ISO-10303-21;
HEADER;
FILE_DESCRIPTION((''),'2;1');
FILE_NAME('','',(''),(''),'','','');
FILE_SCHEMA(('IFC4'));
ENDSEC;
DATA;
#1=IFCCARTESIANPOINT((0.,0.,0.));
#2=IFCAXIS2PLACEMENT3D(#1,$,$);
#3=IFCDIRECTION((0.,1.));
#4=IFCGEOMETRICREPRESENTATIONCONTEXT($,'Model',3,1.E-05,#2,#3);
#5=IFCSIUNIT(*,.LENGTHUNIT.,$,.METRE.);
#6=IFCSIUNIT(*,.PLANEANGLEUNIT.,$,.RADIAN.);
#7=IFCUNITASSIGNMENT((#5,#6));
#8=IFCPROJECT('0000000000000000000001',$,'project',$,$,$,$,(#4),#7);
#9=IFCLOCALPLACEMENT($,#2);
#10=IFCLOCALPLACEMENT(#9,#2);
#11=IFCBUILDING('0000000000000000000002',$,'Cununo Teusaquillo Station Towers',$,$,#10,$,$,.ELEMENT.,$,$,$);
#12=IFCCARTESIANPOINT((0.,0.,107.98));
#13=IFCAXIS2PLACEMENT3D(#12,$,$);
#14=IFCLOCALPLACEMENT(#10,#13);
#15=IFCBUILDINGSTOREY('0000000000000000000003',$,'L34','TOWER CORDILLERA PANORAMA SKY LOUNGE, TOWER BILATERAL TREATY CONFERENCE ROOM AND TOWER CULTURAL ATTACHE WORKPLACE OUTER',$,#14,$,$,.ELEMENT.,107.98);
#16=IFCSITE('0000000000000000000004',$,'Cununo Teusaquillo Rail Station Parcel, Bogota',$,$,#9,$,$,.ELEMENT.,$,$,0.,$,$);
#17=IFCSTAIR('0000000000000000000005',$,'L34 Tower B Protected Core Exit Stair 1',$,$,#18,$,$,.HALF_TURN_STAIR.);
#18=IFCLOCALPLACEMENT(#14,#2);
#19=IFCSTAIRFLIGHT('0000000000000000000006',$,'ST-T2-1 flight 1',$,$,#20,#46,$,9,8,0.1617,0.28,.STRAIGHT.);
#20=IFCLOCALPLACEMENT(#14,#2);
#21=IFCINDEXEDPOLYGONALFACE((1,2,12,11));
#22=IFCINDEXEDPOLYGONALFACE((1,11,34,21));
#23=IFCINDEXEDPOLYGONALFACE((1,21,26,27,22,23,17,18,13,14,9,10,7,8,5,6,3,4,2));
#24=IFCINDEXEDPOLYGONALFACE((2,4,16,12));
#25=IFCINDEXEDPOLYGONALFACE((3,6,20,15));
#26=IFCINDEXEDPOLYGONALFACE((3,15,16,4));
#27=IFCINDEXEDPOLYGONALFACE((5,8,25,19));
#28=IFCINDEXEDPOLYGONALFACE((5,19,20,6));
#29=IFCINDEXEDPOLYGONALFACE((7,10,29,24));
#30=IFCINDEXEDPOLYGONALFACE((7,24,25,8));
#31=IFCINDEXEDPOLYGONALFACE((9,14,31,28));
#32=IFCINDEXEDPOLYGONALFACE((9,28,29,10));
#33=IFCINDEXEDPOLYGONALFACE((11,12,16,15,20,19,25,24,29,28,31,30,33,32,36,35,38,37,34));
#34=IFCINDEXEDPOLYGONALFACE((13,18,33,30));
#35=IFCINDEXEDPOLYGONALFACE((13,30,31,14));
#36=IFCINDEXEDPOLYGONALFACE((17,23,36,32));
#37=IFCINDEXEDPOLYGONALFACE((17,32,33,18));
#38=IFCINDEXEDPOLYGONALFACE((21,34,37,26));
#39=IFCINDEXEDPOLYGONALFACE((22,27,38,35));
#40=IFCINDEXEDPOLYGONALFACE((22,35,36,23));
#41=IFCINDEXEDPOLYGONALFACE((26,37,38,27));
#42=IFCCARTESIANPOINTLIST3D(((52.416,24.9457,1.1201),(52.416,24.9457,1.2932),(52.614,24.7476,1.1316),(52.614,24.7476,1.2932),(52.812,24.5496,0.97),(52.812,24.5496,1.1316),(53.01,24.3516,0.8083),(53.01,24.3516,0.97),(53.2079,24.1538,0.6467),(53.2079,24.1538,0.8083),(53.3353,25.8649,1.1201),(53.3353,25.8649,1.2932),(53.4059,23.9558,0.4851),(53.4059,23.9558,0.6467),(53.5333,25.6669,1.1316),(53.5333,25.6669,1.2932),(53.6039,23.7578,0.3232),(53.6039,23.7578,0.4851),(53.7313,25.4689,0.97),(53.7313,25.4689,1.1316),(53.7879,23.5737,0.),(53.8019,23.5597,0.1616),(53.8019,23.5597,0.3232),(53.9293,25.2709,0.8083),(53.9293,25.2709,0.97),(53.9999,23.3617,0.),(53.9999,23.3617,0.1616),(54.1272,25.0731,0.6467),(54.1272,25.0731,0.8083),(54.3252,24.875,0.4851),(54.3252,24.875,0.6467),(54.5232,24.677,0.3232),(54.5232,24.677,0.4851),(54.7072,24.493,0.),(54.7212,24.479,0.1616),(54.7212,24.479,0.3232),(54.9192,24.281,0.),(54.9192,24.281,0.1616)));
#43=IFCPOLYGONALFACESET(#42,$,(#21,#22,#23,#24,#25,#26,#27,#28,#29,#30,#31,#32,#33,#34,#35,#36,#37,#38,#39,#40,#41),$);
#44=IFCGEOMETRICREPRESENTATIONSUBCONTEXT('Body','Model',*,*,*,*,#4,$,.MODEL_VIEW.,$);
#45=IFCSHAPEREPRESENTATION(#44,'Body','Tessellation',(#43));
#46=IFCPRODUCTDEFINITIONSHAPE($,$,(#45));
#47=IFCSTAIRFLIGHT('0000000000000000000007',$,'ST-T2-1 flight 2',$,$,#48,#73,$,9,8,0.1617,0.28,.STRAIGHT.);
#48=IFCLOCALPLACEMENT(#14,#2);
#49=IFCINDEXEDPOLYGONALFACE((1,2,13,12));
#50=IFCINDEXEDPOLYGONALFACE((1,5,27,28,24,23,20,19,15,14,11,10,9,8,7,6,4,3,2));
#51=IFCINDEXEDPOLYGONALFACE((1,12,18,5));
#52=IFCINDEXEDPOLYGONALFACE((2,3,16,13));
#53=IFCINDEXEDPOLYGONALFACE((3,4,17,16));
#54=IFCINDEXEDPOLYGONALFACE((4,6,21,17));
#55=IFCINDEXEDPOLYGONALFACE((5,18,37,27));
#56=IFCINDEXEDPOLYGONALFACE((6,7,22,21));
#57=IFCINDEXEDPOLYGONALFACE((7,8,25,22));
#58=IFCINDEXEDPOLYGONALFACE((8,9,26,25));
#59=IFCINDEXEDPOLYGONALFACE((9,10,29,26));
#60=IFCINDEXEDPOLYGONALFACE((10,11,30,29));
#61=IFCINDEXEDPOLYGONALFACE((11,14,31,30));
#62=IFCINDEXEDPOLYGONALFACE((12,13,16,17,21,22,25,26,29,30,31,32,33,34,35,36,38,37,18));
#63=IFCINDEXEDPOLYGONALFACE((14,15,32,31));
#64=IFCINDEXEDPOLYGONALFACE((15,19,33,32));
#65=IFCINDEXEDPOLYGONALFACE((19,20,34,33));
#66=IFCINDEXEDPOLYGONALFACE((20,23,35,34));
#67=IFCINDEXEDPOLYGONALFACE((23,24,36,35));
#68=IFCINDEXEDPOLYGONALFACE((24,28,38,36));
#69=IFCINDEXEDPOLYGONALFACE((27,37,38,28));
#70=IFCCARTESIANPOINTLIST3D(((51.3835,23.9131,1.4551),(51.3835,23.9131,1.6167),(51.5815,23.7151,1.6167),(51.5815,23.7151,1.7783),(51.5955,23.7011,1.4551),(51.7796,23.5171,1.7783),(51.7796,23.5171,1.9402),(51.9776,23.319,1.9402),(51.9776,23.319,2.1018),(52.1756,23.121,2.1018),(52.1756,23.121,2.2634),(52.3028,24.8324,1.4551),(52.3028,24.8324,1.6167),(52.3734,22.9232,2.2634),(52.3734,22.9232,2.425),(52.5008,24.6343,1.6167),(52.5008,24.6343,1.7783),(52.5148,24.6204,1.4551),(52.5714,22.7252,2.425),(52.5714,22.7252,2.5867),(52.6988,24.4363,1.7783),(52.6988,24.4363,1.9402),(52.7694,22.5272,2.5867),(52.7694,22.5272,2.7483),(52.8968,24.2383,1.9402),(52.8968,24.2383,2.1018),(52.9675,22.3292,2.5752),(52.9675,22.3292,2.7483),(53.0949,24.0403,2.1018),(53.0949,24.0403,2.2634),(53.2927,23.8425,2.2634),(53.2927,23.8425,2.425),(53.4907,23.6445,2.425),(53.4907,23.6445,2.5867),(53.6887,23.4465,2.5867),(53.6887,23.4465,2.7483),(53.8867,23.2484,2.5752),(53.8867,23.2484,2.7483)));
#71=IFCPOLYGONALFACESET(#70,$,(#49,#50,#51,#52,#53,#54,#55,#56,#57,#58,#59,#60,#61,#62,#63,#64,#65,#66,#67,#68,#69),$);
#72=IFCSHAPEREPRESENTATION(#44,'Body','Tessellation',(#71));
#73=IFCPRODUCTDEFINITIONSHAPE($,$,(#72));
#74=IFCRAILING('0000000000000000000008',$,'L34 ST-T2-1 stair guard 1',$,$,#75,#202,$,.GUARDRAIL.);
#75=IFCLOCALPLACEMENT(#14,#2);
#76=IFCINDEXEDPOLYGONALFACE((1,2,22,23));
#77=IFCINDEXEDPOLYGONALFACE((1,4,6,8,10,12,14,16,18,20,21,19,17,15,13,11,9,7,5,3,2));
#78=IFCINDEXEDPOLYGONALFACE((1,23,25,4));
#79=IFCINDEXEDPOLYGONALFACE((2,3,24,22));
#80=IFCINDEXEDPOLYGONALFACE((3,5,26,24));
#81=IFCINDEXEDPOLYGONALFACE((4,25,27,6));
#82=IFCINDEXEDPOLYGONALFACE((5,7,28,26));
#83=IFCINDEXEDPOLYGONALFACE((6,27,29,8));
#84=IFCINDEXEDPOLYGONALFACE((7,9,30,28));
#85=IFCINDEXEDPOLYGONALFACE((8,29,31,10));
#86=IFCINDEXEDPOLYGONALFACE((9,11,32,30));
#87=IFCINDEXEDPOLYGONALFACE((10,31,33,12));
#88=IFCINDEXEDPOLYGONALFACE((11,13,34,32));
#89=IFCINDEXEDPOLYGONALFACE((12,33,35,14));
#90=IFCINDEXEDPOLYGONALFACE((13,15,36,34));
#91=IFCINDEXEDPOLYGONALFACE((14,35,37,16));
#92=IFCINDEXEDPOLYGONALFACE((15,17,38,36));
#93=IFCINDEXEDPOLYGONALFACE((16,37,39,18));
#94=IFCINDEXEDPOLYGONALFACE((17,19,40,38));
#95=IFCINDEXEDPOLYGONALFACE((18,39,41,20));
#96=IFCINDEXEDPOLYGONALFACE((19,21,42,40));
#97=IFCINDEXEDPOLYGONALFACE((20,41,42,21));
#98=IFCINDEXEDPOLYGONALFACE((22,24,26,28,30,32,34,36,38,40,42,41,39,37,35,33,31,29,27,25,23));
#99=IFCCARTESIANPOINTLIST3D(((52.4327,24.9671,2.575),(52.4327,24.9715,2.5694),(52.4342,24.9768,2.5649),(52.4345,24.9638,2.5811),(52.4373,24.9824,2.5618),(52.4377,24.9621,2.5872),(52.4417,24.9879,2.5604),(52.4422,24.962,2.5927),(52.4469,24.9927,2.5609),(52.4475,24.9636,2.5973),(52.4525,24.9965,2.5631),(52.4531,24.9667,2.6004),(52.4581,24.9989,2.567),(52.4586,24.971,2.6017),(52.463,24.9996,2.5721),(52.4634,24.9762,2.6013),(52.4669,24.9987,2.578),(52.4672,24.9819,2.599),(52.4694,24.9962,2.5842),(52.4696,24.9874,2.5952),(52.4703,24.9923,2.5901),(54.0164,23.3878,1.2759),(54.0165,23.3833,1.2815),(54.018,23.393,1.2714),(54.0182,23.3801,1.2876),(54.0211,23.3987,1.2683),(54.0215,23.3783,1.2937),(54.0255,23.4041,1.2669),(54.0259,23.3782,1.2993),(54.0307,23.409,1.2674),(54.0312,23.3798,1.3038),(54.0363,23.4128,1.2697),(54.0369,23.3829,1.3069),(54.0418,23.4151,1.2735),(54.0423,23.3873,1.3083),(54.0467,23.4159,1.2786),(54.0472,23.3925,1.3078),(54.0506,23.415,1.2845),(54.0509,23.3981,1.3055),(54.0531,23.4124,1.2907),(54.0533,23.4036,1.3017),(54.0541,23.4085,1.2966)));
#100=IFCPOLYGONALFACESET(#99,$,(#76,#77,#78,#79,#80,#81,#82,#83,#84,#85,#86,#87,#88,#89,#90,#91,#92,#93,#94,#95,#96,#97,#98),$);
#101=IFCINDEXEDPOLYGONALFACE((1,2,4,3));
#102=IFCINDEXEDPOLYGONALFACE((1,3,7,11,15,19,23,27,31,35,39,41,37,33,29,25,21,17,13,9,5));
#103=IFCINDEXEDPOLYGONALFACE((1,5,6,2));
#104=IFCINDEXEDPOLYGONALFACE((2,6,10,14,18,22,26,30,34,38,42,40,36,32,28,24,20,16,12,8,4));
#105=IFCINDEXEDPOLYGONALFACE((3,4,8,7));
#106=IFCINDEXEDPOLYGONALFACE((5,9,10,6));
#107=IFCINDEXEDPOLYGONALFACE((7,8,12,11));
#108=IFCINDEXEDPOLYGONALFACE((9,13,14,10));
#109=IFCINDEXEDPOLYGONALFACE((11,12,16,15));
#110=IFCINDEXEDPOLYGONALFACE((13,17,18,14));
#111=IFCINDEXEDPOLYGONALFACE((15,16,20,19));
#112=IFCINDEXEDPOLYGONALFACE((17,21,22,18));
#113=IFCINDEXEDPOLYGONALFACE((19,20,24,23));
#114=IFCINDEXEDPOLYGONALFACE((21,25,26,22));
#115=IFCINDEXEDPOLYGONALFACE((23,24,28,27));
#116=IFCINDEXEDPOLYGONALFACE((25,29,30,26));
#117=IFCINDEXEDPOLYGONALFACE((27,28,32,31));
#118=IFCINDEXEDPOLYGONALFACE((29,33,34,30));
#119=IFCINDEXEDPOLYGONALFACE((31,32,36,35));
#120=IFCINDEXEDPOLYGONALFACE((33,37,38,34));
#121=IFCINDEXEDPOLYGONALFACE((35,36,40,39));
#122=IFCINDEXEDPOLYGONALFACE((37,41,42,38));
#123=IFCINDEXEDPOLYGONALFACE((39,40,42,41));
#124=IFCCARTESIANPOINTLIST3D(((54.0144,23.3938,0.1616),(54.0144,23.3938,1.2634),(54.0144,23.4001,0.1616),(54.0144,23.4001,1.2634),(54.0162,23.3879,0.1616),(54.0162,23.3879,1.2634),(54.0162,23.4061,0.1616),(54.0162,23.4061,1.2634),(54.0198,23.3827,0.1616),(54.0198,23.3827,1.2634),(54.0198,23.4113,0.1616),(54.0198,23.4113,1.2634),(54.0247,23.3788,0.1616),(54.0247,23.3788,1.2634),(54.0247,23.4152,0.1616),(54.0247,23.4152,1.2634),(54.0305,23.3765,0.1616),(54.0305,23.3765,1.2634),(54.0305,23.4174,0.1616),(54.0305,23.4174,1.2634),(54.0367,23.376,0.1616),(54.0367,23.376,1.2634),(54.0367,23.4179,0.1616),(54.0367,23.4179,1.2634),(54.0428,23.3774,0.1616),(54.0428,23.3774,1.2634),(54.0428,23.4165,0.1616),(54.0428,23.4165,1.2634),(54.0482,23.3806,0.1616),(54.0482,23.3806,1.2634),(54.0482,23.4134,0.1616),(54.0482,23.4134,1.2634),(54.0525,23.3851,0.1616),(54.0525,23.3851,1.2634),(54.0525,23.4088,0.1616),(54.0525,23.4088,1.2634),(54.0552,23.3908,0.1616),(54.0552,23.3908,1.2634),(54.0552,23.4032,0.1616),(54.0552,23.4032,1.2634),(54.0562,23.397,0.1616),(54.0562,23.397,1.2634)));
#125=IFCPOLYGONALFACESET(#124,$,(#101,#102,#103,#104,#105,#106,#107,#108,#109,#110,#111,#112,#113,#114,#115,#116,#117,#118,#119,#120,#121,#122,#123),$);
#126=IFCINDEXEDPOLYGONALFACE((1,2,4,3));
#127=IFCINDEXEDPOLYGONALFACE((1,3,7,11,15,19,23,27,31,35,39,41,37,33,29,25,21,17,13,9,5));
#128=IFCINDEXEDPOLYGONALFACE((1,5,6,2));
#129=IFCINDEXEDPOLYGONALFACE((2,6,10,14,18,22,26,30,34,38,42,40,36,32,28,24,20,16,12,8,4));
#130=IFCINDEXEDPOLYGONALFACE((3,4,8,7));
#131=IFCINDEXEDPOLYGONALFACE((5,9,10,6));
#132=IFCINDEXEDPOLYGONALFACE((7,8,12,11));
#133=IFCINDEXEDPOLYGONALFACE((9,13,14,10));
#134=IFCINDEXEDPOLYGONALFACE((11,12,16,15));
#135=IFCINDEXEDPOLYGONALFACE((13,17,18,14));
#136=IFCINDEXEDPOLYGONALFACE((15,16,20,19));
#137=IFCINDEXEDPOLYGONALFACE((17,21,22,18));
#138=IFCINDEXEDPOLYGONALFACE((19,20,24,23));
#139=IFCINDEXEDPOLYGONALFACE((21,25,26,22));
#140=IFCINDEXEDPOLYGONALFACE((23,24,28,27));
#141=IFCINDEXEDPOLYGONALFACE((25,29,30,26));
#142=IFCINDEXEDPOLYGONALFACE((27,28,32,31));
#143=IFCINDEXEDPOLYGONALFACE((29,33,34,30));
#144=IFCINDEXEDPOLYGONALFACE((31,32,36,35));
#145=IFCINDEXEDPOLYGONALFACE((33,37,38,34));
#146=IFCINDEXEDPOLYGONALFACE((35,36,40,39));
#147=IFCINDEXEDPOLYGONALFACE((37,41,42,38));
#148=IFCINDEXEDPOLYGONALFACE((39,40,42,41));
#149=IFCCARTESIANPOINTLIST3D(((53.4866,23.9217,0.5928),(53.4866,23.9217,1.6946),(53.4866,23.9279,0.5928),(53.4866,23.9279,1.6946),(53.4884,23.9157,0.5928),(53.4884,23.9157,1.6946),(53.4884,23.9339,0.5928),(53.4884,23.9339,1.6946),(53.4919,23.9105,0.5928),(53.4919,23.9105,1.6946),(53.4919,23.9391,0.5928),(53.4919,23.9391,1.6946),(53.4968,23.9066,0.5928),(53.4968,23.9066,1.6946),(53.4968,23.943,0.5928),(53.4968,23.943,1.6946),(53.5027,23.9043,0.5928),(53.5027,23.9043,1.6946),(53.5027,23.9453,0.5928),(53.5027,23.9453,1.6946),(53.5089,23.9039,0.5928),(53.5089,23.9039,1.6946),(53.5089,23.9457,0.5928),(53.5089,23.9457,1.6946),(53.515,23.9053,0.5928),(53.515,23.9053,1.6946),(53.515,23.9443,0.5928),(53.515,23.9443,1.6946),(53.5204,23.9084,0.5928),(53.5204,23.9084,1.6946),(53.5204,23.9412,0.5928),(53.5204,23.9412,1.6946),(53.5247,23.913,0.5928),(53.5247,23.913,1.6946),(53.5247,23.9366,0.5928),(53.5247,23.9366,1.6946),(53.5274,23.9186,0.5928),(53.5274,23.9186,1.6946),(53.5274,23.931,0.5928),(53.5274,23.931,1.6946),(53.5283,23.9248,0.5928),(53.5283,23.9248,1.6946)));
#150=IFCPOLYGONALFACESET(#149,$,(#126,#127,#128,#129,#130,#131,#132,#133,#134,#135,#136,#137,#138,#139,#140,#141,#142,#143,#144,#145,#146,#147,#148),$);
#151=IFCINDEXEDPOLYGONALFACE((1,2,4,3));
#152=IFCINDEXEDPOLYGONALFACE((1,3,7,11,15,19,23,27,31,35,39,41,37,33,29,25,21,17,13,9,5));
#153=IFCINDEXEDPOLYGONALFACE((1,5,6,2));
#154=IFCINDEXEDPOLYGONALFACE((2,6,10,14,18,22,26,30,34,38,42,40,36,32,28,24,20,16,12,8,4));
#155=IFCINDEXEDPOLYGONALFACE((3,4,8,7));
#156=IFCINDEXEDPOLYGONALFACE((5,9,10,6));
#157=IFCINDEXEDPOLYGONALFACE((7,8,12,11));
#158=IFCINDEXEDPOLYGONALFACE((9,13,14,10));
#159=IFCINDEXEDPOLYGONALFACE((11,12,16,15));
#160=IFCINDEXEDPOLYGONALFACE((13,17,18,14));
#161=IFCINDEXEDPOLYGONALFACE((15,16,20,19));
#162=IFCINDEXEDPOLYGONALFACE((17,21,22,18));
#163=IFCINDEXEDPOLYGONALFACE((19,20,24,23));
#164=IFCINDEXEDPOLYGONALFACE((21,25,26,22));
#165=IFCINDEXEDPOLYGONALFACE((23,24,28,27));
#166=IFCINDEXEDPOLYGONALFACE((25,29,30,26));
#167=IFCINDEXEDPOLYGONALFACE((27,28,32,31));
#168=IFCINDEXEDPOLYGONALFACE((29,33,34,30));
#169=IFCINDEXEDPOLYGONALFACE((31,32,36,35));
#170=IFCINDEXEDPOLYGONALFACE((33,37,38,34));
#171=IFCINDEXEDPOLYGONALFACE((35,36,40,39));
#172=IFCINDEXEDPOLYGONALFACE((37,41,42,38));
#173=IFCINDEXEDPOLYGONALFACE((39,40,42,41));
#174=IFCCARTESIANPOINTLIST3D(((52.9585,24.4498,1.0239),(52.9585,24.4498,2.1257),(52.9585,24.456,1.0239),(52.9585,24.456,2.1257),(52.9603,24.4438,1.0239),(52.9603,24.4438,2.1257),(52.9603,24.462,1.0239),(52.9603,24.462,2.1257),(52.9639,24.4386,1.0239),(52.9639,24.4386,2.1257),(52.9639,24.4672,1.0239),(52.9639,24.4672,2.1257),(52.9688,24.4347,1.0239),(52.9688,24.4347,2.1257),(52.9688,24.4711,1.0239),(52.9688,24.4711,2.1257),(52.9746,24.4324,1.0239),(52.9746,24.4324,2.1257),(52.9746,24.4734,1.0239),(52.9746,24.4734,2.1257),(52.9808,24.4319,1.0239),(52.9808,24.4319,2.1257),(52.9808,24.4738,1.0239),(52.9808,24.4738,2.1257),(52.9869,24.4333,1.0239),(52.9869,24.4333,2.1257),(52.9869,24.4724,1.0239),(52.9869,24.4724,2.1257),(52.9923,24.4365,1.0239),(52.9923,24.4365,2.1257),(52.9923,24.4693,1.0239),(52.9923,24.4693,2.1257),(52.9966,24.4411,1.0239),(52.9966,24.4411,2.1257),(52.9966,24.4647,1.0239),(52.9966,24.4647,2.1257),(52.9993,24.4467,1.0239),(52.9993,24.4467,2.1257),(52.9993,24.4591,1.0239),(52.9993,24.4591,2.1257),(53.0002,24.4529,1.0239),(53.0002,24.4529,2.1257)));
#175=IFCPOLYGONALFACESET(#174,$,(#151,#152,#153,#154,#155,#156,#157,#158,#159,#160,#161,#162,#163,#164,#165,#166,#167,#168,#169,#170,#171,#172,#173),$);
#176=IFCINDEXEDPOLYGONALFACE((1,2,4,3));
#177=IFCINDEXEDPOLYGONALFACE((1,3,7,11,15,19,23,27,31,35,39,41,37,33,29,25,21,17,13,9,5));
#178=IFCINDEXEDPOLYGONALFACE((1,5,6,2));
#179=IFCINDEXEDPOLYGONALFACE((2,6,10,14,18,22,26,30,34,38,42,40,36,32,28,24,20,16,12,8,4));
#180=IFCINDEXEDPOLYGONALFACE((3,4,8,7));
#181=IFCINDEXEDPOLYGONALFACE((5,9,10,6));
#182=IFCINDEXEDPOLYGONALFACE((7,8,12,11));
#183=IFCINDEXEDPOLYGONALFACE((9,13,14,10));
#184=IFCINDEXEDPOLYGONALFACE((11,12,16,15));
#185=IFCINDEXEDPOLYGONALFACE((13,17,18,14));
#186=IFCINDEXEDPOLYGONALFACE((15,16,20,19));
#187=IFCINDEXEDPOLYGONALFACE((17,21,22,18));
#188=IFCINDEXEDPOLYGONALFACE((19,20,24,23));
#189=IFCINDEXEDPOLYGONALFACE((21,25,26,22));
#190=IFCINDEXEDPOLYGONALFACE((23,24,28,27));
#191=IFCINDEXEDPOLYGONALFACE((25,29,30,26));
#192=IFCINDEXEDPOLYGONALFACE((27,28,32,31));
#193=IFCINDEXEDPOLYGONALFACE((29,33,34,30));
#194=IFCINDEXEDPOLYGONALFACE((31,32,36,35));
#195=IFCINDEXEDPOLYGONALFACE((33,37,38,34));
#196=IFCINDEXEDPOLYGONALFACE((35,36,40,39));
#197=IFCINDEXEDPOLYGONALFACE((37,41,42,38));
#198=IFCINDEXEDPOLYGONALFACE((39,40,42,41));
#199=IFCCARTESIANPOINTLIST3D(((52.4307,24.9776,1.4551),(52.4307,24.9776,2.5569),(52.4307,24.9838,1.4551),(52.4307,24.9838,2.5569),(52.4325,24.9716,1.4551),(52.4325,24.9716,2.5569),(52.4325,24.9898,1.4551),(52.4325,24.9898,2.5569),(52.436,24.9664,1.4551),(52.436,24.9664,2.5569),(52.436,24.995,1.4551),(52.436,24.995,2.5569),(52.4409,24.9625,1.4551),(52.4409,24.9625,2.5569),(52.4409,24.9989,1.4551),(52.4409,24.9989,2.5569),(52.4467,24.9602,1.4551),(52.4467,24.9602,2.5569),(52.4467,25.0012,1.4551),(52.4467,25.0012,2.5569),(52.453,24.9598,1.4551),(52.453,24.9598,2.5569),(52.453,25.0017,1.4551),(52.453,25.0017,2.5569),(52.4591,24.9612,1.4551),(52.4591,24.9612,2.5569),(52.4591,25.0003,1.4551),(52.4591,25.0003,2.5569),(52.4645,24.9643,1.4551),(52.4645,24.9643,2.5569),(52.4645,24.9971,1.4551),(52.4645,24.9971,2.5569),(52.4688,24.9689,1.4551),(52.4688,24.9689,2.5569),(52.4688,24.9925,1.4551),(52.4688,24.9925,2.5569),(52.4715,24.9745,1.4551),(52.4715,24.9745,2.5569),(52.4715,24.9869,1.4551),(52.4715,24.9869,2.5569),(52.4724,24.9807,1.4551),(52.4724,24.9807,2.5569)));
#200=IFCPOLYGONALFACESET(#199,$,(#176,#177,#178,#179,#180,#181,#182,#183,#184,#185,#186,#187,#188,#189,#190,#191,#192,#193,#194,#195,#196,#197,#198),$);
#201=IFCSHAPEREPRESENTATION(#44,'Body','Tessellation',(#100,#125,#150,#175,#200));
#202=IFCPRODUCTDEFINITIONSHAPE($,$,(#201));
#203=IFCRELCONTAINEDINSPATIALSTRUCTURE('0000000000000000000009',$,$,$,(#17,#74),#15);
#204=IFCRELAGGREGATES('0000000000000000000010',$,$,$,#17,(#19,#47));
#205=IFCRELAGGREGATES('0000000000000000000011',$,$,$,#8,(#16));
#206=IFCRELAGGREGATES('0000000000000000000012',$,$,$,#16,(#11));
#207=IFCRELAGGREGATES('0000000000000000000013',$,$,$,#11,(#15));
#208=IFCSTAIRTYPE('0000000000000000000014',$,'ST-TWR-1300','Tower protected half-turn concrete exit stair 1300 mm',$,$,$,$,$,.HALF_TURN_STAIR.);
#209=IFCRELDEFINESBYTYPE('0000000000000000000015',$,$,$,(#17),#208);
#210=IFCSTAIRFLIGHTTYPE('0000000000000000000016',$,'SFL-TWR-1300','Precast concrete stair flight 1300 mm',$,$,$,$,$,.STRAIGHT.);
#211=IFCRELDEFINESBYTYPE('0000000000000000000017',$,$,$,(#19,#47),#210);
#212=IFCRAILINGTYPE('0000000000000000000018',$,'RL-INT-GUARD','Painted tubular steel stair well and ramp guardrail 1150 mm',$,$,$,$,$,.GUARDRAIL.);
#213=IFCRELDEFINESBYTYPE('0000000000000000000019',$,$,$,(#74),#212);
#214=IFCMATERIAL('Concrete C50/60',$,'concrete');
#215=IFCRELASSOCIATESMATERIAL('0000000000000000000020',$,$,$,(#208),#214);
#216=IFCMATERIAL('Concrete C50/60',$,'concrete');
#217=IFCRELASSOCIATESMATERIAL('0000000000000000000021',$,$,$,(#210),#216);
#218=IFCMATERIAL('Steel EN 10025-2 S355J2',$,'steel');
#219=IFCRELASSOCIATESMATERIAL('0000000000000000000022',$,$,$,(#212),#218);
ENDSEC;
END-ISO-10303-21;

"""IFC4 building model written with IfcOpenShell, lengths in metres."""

from ifc_helpers import new_model, si_unit, direction, frame, origin, origin_2d, place, context, subcontext, project, spatial, polyline, circle, outline, extrude, material, type_object, element, aggregate, save


model = new_model("IFC4")

# Units and contexts
model_context = context("Model", 3, precision=1e-05, world=origin(), true_north=direction((0.0, 1.0)))
body_context = subcontext(model_context, "Body", "Model", "MODEL_VIEW")
ifc_project = project(units=[si_unit("LENGTHUNIT", "METRE"), si_unit("PLANEANGLEUNIT", "RADIAN")], contexts=[model_context])

# Site, building, storey
site_placement = place(None, origin())
site = spatial("IfcSite", under=ifc_project, at=site_placement, Name="Cununo Teusaquillo Rail Station Parcel, Bogota", CompositionType="ELEMENT", RefElevation=0.0)
building_placement = place(site_placement, origin())
building = spatial("IfcBuilding", under=site, at=building_placement, Name="Cununo Teusaquillo Station Towers", CompositionType="ELEMENT")
storey_placement = place(building_placement, frame((0.0, 0.0, 107.98)))
storey = spatial("IfcBuildingStorey", under=building, at=storey_placement, Name="L34", Description="TOWER CORDILLERA PANORAMA SKY LOUNGE, TOWER BILATERAL TREATY CONFERENCE ROOM AND TOWER CULTURAL ATTACHE WORKPLACE OUTER", CompositionType="ELEMENT", Elevation=107.98)

# Stair, stair flights
ifc_material_1 = material(Name="Concrete C50/60", Category="concrete")
stair_type = type_object("IfcStairType", Name="ST-TWR-1300", Description="Tower protected half-turn concrete exit stair 1300 mm", PredefinedType="HALF_TURN_STAIR", material=ifc_material_1)
stair_placement = place(storey_placement, origin())
stair = element("IfcStair", 1, at=stair_placement, inside=storey, type_object=stair_type, Name="L34 Tower B Protected Core Exit Stair 1", PredefinedType="HALF_TURN_STAIR")
ifc_material_2 = material(Name="Concrete C50/60", Category="concrete")
stair_flight_type = type_object("IfcStairFlightType", Name="SFL-TWR-1300", Description="Precast concrete stair flight 1300 mm", PredefinedType="STRAIGHT", material=ifc_material_2)
stair_flight_1_placement = place(storey_placement, frame((54.4595, 23.8213, 0.0), z_axis=(0.0, 0.0, 1.0), x_axis=(-0.707107, 0.707107, 0.0)))
stair_flight_1 = element("IfcStairFlight", 2, at=stair_flight_1_placement, type_object=stair_flight_type, Name="ST-T2-1 flight 1", NumberOfRisers=9, NumberOfTreads=8, PredefinedType="STRAIGHT", RiserHeight=0.1617, TreadLength=0.28, context=body_context, shape_type="SweptSolid", body=[
    extrude(outline(polyline([(0.0, 0.0), (0.0, 0.1616), (0.28, 0.1616), (0.28, 0.3232), (0.5601, 0.3232), (0.5601, 0.4851), (0.8401, 0.4851), (0.8401, 0.6467), (1.1201, 0.6467), (1.1201, 0.8083), (1.3999, 0.8083), (1.3999, 0.97), (1.6799, 0.97), (1.6799, 1.1316), (1.96, 1.1316), (1.96, 1.2932), (2.24, 1.2932), (2.24, 1.4551), (2.24, 1.1201), (0.2998, 0.0), (0.0, 0.0)])), frame((0.0, 0.6499, 0.0), z_axis=(0.0, -1.0, 0.0), x_axis=(1.0, 0.0, 0.0)), (0.0, 0.0, 1.0), 1.3),
])
stair_flight_2_placement = place(storey_placement, frame((51.8433, 24.3728, 1.4551), z_axis=(0.0, 0.0, 1.0), x_axis=(0.707107, -0.707107, 0.0)))
stair_flight_2 = element("IfcStairFlight", 3, at=stair_flight_2_placement, type_object=stair_flight_type, Name="ST-T2-1 flight 2", NumberOfRisers=9, NumberOfTreads=8, PredefinedType="STRAIGHT", RiserHeight=0.1617, TreadLength=0.28, context=body_context, shape_type="SweptSolid", body=[
    extrude(outline(polyline([(0.0, 0.0), (0.0, 0.1616), (0.28, 0.1616), (0.28, 0.3232), (0.5601, 0.3232), (0.5601, 0.4851), (0.8401, 0.4851), (0.8401, 0.6467), (1.1201, 0.6467), (1.1201, 0.8083), (1.3999, 0.8083), (1.3999, 0.97), (1.6799, 0.97), (1.6799, 1.1316), (1.96, 1.1316), (1.96, 1.2932), (2.24, 1.2932), (2.24, 1.4551), (2.24, 1.1201), (0.2998, 0.0), (0.0, 0.0)])), frame((0.0, 0.6499, 0.0), z_axis=(0.0, -1.0, 0.0), x_axis=(1.0, 0.0, 0.0)), (0.0, 0.0, 1.0), 1.3),
])
aggregate(stair, [stair_flight_1, stair_flight_2])

# Railing
ifc_material_3 = material(Name="Steel EN 10025-2 S355J2", Category="steel")
railing_type_1 = type_object("IfcRailingType", Name="RL-INT-GUARD", Description="Painted tubular steel stair well and ramp guardrail 1150 mm", PredefinedType="GUARDRAIL", material=ifc_material_3)
railing_1_placement = place(storey_placement, frame((54.0352, 23.397, 0.1616)))
element("IfcRailing", 4, at=railing_1_placement, inside=storey, type_object=railing_type_1, Name="L34 ST-T2-1 stair guard 1", PredefinedType="GUARDRAIL", context=body_context, shape_type="SweptSolid", body=[
    extrude(circle(Radius=0.0239, at=origin_2d()), frame((0.0, 0.0, 1.126), z_axis=(-0.612332, 0.612332, 0.500098), x_axis=(-0.707107, -0.707107, 0.0)), (0.0, 0.0, 1.0), 2.5864),
    extrude(circle(Radius=0.021, at=origin_2d()), origin(), (0.0, 0.0, 1.0), 1.1018),
    extrude(circle(Radius=0.021, at=origin_2d()), frame((-0.5278, 0.5278, 0.4312)), (0.0, 0.0, 1.0), 1.1018),
    extrude(circle(Radius=0.021, at=origin_2d()), frame((-1.0559, 1.0559, 0.8623)), (0.0, 0.0, 1.0), 1.1018),
    extrude(circle(Radius=0.021, at=origin_2d()), frame((-1.5837, 1.5837, 1.2935)), (0.0, 0.0, 1.0), 1.1018),
])

save(model, "model.ifc")
